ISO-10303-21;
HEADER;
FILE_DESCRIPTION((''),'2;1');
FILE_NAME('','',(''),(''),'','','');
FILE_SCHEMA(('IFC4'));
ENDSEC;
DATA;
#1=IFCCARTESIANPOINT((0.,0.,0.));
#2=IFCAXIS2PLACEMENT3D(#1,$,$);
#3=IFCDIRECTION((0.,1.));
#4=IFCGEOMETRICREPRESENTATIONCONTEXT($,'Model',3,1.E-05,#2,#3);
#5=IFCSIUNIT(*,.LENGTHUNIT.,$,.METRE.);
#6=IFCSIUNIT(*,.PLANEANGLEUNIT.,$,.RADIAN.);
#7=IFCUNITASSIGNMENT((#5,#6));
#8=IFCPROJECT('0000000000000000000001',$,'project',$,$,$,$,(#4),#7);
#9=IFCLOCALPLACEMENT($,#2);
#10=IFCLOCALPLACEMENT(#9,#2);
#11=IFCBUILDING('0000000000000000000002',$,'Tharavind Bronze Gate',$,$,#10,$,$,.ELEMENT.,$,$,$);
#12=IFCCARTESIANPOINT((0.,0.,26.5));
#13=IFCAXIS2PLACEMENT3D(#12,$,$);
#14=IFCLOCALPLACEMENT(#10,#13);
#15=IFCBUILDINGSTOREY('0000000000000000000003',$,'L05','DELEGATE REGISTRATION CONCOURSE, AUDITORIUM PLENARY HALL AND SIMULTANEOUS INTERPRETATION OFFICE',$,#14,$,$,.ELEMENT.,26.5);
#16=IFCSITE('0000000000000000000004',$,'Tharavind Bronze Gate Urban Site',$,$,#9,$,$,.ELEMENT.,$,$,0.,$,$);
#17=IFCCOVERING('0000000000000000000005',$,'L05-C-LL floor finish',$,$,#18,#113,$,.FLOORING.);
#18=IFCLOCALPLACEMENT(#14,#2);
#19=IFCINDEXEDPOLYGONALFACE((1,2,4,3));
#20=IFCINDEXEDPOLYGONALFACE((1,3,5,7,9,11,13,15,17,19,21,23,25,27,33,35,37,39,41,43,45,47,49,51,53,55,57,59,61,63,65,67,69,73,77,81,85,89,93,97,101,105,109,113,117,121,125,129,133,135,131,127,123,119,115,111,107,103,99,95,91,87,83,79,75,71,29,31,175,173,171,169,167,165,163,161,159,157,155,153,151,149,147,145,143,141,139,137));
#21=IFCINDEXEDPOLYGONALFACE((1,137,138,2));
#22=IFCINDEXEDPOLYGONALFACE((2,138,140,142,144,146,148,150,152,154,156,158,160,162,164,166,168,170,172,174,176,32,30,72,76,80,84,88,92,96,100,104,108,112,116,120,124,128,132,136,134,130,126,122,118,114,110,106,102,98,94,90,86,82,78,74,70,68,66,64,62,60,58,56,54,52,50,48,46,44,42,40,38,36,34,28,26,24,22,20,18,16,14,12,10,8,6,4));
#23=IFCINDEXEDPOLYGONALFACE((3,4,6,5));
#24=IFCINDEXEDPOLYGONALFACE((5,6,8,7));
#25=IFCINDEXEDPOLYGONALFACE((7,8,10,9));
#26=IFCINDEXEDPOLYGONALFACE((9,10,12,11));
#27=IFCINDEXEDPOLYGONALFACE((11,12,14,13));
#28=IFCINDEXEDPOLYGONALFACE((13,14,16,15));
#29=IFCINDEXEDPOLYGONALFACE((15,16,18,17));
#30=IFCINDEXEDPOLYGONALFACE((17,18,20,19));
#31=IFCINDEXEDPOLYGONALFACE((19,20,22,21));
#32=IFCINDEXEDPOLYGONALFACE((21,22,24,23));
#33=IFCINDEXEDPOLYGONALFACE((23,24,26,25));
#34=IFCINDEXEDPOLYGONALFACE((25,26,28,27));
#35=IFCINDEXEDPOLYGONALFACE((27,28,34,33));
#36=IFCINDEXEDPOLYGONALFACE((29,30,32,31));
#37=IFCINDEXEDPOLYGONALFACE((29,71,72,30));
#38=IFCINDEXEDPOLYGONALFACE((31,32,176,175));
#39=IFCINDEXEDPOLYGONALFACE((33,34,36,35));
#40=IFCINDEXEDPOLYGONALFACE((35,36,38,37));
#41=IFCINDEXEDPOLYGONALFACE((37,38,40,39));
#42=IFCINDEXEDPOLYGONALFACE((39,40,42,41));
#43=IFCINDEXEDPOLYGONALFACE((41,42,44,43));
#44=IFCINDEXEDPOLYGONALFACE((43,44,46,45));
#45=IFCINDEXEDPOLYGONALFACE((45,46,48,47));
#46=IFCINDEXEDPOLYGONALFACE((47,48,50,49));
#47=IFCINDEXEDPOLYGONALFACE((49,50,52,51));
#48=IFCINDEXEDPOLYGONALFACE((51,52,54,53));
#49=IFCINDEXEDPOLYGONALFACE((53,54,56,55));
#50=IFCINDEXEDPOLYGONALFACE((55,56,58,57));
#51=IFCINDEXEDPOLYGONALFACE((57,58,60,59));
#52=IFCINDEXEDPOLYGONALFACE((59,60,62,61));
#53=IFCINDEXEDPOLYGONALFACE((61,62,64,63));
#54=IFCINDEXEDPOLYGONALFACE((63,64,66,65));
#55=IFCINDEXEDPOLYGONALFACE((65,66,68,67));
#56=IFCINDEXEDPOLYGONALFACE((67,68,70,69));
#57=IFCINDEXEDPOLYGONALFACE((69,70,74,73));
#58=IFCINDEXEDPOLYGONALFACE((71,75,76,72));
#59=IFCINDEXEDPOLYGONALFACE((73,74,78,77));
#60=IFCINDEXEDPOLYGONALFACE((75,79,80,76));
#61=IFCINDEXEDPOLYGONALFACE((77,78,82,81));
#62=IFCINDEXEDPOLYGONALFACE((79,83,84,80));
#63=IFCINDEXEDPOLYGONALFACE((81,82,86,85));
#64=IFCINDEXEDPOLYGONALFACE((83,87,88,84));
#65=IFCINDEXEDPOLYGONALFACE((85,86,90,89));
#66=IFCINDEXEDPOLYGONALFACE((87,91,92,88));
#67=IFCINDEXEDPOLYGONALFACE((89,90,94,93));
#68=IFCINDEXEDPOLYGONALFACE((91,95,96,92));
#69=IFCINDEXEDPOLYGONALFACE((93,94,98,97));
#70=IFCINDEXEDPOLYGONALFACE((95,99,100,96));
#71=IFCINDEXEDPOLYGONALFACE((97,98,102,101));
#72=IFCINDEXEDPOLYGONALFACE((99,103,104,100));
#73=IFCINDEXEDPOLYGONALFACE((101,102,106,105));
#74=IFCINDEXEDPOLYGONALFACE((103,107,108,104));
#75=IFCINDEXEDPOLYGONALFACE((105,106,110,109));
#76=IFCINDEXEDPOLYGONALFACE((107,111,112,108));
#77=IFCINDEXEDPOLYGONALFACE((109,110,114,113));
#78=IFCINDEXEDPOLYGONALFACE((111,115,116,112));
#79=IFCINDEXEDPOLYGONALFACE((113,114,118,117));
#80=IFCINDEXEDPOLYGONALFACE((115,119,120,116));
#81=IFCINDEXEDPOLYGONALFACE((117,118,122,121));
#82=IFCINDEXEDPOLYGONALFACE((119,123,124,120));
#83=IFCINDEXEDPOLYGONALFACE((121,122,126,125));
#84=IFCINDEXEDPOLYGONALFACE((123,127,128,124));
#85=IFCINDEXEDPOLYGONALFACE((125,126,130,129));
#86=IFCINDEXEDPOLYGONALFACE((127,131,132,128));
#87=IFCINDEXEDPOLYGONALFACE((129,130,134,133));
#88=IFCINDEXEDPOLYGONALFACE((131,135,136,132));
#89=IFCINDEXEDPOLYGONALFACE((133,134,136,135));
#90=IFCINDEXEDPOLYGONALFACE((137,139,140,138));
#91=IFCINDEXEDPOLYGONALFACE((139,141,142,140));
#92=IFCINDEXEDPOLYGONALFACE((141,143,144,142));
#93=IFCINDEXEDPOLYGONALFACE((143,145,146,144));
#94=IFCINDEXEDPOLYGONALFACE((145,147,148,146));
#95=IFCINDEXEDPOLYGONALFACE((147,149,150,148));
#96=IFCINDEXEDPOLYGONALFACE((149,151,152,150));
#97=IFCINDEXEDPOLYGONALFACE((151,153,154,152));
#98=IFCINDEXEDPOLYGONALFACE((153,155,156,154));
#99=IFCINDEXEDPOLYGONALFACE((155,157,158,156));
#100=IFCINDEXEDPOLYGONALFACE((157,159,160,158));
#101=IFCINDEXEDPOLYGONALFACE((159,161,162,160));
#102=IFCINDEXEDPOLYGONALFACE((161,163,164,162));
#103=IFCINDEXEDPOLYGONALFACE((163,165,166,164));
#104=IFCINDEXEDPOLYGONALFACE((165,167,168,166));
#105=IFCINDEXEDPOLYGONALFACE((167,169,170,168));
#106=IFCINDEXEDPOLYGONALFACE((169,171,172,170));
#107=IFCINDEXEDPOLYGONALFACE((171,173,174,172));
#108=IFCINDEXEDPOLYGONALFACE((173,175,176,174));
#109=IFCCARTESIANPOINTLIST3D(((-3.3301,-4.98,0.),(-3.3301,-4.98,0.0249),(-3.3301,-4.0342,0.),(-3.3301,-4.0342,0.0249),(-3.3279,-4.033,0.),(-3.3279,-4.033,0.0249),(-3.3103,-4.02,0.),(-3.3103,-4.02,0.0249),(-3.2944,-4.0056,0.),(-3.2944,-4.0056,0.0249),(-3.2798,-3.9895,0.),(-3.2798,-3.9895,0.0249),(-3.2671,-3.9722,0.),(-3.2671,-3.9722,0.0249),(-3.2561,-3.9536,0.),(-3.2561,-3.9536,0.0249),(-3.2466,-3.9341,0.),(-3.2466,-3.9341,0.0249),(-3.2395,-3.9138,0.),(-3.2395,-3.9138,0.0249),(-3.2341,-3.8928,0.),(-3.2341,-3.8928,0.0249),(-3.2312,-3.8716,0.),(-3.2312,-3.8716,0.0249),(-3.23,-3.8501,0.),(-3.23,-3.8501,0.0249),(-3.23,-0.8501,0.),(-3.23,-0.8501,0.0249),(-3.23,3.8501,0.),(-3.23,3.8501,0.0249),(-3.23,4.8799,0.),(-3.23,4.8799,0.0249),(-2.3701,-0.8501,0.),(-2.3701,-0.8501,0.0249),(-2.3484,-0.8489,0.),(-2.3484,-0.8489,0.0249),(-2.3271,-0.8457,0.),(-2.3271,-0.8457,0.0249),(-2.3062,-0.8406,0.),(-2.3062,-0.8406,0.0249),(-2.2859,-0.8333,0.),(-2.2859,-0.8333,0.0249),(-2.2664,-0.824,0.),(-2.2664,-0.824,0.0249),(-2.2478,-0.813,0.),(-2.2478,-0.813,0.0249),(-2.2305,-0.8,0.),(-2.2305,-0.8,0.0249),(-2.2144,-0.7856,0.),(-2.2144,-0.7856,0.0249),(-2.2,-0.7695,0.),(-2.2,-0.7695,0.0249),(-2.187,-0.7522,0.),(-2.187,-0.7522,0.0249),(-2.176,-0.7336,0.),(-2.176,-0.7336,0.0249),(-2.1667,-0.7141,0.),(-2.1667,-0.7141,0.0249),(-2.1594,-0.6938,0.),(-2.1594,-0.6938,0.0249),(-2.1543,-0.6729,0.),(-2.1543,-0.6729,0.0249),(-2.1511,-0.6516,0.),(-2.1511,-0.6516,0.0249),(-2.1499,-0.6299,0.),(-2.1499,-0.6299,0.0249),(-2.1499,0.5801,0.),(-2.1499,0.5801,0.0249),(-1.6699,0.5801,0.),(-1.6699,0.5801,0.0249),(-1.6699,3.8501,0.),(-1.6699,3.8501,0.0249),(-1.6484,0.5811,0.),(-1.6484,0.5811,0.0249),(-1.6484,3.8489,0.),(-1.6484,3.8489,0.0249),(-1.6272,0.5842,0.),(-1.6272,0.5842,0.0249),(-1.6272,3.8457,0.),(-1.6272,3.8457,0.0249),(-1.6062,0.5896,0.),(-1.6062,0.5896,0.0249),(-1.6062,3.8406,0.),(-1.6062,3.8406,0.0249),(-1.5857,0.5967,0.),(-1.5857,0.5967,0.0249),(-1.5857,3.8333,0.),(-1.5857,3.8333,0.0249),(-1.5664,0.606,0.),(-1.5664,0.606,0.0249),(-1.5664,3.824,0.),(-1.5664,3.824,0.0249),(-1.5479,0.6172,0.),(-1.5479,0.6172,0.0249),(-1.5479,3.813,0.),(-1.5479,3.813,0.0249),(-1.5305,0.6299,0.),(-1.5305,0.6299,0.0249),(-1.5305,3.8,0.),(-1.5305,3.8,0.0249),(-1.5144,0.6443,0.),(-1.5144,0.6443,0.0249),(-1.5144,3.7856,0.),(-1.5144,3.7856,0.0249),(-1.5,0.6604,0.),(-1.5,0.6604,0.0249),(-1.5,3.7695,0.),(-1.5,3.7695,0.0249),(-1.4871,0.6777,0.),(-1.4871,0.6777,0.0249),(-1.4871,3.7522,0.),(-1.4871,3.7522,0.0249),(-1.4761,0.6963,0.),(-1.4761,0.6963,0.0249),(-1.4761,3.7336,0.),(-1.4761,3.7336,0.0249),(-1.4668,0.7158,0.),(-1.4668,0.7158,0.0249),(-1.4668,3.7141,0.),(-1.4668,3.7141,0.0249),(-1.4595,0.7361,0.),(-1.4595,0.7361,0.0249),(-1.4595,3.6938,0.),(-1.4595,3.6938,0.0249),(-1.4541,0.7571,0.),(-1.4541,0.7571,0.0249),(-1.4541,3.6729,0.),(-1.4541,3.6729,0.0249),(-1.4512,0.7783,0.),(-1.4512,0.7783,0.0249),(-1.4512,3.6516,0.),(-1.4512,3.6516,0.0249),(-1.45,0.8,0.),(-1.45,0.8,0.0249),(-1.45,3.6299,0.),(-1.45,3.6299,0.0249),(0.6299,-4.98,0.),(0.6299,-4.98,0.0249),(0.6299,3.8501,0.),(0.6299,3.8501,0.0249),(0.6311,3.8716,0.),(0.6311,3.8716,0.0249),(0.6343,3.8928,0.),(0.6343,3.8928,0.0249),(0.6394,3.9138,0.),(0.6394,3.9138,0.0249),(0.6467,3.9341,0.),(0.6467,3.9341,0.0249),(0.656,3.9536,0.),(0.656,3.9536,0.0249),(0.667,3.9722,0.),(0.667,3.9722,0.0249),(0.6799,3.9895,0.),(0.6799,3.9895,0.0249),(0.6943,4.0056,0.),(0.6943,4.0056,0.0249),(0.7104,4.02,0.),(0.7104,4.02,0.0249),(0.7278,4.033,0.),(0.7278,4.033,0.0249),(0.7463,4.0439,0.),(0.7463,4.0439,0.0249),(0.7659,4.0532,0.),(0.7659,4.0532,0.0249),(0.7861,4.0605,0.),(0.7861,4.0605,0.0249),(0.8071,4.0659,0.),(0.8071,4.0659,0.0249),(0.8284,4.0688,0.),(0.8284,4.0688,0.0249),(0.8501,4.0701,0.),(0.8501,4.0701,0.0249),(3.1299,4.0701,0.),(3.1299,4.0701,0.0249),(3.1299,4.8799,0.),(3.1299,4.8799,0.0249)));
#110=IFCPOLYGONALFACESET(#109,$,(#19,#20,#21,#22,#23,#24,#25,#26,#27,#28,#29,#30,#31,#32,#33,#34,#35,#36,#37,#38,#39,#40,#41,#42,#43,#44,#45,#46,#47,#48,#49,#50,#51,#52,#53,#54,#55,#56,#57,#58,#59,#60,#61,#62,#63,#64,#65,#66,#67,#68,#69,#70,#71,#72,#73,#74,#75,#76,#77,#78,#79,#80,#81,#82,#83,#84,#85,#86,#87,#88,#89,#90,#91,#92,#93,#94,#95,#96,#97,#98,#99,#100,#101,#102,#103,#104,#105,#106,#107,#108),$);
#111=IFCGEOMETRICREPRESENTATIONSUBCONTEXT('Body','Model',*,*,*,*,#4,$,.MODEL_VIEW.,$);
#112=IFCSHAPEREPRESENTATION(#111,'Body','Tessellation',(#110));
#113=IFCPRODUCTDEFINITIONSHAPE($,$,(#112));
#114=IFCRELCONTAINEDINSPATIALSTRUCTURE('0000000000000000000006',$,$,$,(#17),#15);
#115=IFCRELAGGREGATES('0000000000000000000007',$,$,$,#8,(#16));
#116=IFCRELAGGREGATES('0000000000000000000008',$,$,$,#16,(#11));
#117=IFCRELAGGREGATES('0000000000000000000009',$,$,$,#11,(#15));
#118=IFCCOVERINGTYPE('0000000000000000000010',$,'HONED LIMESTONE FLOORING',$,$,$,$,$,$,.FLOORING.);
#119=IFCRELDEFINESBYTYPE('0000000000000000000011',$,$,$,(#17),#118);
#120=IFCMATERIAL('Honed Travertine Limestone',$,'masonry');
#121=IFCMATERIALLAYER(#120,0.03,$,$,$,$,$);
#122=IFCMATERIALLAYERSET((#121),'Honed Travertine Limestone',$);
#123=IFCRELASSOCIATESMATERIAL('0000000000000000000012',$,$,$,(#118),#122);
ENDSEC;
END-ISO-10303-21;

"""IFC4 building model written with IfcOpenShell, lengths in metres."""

from ifc_helpers import new_model, si_unit, direction, frame, origin, place, context, subcontext, project, spatial, polyline, outline, extrude, material, layer, layer_set, type_object, element, save


model = new_model("IFC4")

# Units and contexts
model_context = context("Model", 3, precision=1e-05, world=origin(), true_north=direction((0.0, 1.0)))
body_context = subcontext(model_context, "Body", "Model", "MODEL_VIEW")
ifc_project = project(units=[si_unit("LENGTHUNIT", "METRE"), si_unit("PLANEANGLEUNIT", "RADIAN")], contexts=[model_context])

# Site, building, storey
site_placement = place(None, origin())
site = spatial("IfcSite", under=ifc_project, at=site_placement, Name="Tharavind Bronze Gate Urban Site", CompositionType="ELEMENT", RefElevation=0.0)
building_placement = place(site_placement, origin())
building = spatial("IfcBuilding", under=site, at=building_placement, Name="Tharavind Bronze Gate", CompositionType="ELEMENT")
storey_placement = place(building_placement, frame((0.0, 0.0, 26.5)))
storey = spatial("IfcBuildingStorey", under=building, at=storey_placement, Name="L05", Description="DELEGATE REGISTRATION CONCOURSE, AUDITORIUM PLENARY HALL AND SIMULTANEOUS INTERPRETATION OFFICE", CompositionType="ELEMENT", Elevation=26.5)

# Covering
ifc_material_1 = material(Name="Honed Travertine Limestone", Category="masonry")
ifc_layer_1 = layer(ifc_material_1, 0.03)
ifc_layer_set_1 = layer_set([ifc_layer_1], Name="Honed Travertine Limestone")
covering_type_1 = type_object("IfcCoveringType", Name="HONED LIMESTONE FLOORING", PredefinedType="FLOORING", material=ifc_layer_set_1)
covering_1_placement = place(storey_placement, origin())
element("IfcCovering", 1, at=covering_1_placement, inside=storey, type_object=covering_type_1, Name="L05-C-LL floor finish", PredefinedType="FLOORING", context=body_context, shape_type="SweptSolid", body=[
    extrude(outline(polyline([(-3.3301, -4.98), (0.6299, -4.98), (0.6299, 3.8501), (0.6311, 3.8716), (0.6343, 3.8928), (0.6394, 3.9138), (0.6467, 3.9341), (0.656, 3.9536), (0.667, 3.9722), (0.6799, 3.9895), (0.6943, 4.0056), (0.7104, 4.02), (0.7278, 4.033), (0.7463, 4.0439), (0.7659, 4.0532), (0.7861, 4.0605), (0.8071, 4.0659), (0.8284, 4.0688), (0.8501, 4.0701), (3.1299, 4.0701), (3.1299, 4.8799), (-3.23, 4.8799), (-3.23, 3.8501), (-1.6699, 3.8501), (-1.6484, 3.8489), (-1.6272, 3.8457), (-1.6062, 3.8406), (-1.5857, 3.8333), (-1.5664, 3.824), (-1.5479, 3.813), (-1.5305, 3.8), (-1.5144, 3.7856), (-1.5, 3.7695), (-1.4871, 3.7522), (-1.4761, 3.7336), (-1.4668, 3.7141), (-1.4595, 3.6938), (-1.4541, 3.6729), (-1.4512, 3.6516), (-1.45, 3.6299), (-1.45, 0.8), (-1.4512, 0.7783), (-1.4541, 0.7571), (-1.4595, 0.7361), (-1.4668, 0.7158), (-1.4761, 0.6963), (-1.4871, 0.6777), (-1.5, 0.6604), (-1.5144, 0.6443), (-1.5305, 0.6299), (-1.5479, 0.6172), (-1.5664, 0.606), (-1.5857, 0.5967), (-1.6062, 0.5896), (-1.6272, 0.5842), (-1.6484, 0.5811), (-1.6699, 0.5801), (-2.1499, 0.5801), (-2.1499, -0.6299), (-2.1511, -0.6516), (-2.1543, -0.6729), (-2.1594, -0.6938), (-2.1667, -0.7141), (-2.176, -0.7336), (-2.187, -0.7522), (-2.2, -0.7695), (-2.2144, -0.7856), (-2.2305, -0.8), (-2.2478, -0.813), (-2.2664, -0.824), (-2.2859, -0.8333), (-2.3062, -0.8406), (-2.3271, -0.8457), (-2.3484, -0.8489), (-2.3701, -0.8501), (-3.23, -0.8501), (-3.23, -3.8501), (-3.2312, -3.8716), (-3.2341, -3.8928), (-3.2395, -3.9138), (-3.2466, -3.9341), (-3.2561, -3.9536), (-3.2671, -3.9722), (-3.2798, -3.9895), (-3.2944, -4.0056), (-3.3103, -4.02), (-3.3279, -4.033), (-3.3301, -4.0342), (-3.3301, -4.98)])), origin(), (0.0, 0.0, 1.0), 0.0249),
])

save(model, "model.ifc")
